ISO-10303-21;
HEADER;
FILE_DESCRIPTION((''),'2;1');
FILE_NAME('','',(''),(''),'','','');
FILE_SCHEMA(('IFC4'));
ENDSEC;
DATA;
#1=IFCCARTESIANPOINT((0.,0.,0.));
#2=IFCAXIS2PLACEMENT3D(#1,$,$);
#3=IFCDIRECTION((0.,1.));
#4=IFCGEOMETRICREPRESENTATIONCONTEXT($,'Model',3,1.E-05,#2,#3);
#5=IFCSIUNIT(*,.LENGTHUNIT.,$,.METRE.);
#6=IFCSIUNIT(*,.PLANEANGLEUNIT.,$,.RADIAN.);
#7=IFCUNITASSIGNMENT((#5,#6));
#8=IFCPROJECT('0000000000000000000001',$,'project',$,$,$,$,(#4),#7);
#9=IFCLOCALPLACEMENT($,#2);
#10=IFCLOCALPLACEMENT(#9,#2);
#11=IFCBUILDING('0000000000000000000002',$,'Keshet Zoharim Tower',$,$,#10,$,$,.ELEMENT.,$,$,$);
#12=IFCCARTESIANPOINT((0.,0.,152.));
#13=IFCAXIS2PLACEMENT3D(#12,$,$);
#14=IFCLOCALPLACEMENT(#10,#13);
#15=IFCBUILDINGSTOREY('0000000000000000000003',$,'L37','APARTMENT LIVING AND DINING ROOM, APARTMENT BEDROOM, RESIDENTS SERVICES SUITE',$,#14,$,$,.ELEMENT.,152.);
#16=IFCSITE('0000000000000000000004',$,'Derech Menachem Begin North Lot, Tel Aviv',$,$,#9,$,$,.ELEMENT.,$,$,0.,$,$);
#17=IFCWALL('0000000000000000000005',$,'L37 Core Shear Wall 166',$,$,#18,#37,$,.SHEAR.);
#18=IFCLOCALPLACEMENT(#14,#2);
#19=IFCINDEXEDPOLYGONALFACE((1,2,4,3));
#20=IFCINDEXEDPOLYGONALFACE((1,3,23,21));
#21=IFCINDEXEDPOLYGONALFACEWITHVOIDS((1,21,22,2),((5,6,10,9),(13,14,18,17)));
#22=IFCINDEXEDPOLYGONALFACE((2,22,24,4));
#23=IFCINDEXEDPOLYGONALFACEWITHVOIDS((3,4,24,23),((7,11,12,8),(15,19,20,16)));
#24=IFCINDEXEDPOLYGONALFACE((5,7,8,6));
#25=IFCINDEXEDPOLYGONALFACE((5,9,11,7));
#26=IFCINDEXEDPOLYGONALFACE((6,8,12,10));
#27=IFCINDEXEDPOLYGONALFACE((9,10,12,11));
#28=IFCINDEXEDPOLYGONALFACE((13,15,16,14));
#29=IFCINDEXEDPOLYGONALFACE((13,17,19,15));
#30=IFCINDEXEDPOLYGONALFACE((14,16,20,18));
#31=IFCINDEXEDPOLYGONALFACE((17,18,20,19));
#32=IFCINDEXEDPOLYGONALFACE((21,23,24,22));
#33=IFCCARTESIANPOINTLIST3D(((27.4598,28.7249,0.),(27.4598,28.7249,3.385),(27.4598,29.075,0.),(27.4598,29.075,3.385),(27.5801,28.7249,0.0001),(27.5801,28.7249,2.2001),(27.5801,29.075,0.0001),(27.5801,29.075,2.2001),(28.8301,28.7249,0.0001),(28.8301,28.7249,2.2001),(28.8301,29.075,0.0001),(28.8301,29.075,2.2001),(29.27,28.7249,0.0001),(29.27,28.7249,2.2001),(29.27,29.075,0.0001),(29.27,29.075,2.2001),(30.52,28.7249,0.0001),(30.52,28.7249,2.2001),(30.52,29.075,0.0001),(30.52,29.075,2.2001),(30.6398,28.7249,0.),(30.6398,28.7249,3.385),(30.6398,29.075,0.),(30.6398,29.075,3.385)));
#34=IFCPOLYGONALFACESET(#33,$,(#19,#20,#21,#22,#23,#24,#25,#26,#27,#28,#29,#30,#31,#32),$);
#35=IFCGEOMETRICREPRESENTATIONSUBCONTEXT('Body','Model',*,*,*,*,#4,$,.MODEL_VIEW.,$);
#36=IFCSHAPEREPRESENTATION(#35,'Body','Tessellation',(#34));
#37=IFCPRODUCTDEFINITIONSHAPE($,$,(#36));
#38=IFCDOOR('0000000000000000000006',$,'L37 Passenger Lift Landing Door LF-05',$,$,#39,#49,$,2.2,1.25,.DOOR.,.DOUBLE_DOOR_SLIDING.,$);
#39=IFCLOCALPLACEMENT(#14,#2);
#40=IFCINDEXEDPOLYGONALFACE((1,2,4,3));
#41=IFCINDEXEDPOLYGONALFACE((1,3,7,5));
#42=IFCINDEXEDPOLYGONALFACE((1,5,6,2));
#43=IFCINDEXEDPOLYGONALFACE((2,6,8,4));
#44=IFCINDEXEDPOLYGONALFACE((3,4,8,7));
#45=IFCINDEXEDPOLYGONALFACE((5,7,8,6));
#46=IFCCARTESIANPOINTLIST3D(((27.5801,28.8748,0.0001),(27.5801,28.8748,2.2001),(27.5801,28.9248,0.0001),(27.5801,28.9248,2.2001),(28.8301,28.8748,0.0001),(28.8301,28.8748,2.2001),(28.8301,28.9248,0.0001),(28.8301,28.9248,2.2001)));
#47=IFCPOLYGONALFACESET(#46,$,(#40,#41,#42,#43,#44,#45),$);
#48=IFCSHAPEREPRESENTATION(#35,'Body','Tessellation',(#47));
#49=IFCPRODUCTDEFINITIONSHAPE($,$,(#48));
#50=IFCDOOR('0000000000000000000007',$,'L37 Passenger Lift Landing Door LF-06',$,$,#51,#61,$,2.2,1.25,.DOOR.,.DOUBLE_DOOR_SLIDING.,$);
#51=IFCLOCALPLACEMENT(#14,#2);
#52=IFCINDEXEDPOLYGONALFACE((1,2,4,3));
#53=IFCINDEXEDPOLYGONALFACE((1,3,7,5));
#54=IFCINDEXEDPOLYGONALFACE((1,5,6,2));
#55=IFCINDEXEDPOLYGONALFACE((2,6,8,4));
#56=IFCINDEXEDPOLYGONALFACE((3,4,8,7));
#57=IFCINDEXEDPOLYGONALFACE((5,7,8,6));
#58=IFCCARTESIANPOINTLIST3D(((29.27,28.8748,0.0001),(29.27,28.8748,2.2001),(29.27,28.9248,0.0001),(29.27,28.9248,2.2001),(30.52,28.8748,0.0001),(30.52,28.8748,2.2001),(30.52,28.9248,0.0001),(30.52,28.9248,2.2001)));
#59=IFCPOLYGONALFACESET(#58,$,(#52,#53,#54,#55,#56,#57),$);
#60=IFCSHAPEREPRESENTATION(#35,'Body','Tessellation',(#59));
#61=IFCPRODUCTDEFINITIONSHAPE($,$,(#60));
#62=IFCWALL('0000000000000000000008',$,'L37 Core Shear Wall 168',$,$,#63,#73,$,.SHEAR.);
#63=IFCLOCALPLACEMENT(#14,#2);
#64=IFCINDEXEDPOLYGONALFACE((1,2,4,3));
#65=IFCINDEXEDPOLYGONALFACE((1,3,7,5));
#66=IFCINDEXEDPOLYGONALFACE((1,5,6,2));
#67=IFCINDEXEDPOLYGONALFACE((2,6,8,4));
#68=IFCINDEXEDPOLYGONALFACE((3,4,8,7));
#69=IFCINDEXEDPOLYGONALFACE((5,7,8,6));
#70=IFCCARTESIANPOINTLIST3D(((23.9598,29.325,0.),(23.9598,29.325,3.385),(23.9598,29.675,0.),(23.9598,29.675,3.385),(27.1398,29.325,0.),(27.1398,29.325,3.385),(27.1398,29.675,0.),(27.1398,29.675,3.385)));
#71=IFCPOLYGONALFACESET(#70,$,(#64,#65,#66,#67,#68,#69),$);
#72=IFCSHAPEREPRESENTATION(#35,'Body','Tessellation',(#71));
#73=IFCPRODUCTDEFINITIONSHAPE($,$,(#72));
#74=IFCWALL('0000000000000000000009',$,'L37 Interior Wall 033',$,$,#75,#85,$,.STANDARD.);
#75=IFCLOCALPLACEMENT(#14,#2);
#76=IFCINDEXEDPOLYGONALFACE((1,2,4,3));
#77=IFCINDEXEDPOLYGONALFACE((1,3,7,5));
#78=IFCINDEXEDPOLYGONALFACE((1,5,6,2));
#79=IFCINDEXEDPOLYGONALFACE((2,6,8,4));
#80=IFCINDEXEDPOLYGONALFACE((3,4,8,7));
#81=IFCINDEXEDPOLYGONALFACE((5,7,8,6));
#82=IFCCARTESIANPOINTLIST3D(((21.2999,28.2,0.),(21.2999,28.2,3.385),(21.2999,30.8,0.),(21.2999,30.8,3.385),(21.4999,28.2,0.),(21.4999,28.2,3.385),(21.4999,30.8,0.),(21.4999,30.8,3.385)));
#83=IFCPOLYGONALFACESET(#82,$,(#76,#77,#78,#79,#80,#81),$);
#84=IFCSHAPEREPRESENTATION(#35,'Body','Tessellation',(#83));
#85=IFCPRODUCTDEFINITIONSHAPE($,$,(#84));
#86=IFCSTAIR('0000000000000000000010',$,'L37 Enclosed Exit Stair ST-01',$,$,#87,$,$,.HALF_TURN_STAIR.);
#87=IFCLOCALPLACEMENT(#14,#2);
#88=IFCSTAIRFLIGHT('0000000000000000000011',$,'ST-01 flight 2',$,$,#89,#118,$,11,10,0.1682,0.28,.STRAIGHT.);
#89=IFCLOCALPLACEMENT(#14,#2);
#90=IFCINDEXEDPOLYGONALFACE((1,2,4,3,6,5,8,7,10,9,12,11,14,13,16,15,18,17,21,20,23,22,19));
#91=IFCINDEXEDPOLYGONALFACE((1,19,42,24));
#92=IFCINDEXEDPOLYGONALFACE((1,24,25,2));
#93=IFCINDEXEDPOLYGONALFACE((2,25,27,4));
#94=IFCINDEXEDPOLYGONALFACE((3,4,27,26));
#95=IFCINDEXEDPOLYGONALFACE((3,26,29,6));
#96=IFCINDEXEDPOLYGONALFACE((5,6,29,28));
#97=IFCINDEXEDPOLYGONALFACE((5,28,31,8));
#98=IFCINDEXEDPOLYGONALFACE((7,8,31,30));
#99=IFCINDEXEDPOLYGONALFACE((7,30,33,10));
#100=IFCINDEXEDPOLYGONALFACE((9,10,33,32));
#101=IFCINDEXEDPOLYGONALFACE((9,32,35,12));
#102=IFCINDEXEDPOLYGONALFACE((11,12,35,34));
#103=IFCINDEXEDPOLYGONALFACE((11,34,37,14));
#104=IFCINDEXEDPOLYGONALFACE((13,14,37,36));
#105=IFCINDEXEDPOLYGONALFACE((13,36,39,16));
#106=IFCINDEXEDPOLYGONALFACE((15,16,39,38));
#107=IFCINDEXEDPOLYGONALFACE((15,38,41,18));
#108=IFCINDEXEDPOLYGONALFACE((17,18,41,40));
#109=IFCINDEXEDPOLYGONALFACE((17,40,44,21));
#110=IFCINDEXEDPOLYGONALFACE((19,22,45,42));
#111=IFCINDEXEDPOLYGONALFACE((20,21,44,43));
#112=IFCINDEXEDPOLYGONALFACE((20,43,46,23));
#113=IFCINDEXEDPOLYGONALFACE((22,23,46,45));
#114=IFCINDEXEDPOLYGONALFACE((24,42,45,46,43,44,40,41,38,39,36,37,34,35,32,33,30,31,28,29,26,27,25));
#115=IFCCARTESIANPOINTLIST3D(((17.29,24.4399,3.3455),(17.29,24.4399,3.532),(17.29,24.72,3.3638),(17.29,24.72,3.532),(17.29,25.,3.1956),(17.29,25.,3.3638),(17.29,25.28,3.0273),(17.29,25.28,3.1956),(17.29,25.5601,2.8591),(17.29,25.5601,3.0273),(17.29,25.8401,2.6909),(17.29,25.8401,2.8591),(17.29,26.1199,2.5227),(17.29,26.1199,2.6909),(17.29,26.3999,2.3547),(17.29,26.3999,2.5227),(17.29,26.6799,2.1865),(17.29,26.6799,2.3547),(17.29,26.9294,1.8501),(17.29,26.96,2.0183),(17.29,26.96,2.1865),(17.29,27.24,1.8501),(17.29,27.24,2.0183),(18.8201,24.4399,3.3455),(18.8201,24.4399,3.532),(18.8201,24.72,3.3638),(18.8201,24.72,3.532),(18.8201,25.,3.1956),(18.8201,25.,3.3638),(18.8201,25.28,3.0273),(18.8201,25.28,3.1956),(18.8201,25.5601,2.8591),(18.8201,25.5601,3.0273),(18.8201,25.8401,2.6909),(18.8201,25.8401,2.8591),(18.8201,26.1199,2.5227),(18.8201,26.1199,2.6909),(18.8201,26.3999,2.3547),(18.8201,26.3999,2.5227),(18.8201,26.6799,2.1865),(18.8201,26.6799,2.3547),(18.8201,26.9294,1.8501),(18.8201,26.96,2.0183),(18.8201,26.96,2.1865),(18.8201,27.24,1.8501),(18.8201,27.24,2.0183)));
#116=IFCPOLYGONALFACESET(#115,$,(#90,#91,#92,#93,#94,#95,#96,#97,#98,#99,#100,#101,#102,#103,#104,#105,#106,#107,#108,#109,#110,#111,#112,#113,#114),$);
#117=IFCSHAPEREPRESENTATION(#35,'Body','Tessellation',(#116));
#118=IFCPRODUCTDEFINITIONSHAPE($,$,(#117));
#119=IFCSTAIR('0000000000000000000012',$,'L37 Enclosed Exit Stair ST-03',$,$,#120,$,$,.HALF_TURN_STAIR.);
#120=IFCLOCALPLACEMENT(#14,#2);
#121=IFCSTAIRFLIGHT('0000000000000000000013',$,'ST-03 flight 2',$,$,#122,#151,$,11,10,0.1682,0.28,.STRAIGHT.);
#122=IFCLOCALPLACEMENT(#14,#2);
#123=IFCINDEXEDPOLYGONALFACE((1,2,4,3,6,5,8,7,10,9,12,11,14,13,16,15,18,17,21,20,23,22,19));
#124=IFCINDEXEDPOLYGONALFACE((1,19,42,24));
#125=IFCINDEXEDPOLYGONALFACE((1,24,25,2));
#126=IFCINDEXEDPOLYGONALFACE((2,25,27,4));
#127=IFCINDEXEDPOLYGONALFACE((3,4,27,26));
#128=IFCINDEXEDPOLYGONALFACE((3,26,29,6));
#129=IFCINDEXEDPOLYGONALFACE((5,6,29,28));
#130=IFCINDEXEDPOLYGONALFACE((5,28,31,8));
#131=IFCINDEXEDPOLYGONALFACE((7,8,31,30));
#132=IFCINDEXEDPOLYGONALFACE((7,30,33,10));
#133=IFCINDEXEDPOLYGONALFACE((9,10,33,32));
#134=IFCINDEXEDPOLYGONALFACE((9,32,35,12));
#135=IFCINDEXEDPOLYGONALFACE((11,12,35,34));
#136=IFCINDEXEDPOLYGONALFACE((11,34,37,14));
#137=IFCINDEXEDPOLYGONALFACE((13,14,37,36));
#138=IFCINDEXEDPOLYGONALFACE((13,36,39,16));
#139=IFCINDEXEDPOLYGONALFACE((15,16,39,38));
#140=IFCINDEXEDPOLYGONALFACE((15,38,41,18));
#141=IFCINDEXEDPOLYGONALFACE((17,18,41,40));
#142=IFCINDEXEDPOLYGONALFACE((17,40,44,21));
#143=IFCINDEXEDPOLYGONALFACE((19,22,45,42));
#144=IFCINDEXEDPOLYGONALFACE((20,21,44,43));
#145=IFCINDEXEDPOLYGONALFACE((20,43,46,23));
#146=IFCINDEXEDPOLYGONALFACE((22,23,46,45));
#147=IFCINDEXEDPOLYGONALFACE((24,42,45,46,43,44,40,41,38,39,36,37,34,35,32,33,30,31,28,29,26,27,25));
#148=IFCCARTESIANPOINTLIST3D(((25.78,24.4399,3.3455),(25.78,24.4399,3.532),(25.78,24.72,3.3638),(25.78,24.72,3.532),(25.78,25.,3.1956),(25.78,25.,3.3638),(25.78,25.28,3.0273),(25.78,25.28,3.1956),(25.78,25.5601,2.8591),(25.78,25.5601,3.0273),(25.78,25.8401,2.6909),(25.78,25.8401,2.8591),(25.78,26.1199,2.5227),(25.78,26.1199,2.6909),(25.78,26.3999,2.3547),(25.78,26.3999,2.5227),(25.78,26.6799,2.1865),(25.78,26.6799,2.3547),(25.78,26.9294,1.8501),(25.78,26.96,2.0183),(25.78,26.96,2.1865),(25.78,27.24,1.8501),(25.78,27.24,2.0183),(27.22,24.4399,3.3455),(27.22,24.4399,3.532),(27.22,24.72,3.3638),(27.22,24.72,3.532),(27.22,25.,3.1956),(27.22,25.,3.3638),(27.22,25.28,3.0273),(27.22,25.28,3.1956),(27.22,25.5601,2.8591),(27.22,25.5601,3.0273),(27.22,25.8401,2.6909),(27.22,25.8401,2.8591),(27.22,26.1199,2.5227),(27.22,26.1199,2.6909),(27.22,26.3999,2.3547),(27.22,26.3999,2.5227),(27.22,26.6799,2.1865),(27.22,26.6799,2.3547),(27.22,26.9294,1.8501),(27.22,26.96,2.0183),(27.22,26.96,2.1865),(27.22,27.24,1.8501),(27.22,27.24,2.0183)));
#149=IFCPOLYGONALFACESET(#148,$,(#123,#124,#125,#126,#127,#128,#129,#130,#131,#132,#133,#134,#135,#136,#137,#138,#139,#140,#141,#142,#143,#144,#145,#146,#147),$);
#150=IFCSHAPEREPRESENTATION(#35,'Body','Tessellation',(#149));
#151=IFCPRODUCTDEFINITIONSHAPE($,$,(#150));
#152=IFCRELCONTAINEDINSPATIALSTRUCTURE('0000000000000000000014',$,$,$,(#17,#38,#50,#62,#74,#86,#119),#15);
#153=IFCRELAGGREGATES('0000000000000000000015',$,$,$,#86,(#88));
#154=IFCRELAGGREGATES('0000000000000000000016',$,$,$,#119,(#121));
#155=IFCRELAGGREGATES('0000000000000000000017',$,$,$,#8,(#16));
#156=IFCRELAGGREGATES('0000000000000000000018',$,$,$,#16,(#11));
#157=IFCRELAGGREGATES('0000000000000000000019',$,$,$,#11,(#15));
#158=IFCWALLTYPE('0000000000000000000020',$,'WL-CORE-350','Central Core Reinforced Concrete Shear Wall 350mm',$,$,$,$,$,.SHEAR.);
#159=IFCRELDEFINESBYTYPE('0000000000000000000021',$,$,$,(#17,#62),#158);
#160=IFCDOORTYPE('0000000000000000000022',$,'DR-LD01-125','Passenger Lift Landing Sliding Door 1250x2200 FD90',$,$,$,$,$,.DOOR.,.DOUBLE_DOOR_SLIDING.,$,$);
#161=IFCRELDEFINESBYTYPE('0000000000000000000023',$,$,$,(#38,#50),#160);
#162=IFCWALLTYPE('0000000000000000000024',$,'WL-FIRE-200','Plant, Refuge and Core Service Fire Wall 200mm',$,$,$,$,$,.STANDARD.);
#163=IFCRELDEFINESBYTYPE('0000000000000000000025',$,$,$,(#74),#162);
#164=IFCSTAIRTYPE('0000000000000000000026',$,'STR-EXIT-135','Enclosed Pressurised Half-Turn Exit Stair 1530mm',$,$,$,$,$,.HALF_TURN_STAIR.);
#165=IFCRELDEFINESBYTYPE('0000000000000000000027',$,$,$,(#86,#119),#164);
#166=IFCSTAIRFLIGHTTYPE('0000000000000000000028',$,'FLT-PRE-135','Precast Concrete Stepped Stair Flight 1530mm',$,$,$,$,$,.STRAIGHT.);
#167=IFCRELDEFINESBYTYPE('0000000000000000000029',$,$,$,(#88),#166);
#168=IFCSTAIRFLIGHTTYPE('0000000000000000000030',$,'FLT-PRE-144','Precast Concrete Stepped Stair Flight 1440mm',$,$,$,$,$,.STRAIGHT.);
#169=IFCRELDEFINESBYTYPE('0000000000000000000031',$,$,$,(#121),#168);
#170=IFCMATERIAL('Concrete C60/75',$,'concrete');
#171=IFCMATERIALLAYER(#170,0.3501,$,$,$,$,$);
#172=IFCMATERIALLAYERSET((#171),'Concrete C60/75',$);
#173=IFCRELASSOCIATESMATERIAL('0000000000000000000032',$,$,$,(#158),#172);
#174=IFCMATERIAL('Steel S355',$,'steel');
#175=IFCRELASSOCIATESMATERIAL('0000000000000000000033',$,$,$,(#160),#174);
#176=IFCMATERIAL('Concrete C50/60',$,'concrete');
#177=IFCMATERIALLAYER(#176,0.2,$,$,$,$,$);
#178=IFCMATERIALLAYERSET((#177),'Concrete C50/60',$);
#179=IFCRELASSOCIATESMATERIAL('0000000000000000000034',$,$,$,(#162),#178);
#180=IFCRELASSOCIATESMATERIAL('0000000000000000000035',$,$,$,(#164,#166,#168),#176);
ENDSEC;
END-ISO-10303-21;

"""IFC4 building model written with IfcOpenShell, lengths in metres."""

from ifc_helpers import new_model, si_unit, direction, frame, frame_2d, origin, place, context, subcontext, project, spatial, polyline, rectangle, outline, extrude, material, layer, layer_set, type_object, element, fill, aggregate, save


model = new_model("IFC4")

# Units and contexts
model_context = context("Model", 3, precision=1e-05, world=origin(), true_north=direction((0.0, 1.0)))
body_context = subcontext(model_context, "Body", "Model", "MODEL_VIEW")
ifc_project = project(units=[si_unit("LENGTHUNIT", "METRE"), si_unit("PLANEANGLEUNIT", "RADIAN")], contexts=[model_context])

# Site, building, storey
site_placement = place(None, origin())
site = spatial("IfcSite", under=ifc_project, at=site_placement, Name="Derech Menachem Begin North Lot, Tel Aviv", CompositionType="ELEMENT", RefElevation=0.0)
building_placement = place(site_placement, origin())
building = spatial("IfcBuilding", under=site, at=building_placement, Name="Keshet Zoharim Tower", CompositionType="ELEMENT")
storey_placement = place(building_placement, frame((0.0, 0.0, 152.0)))
storey = spatial("IfcBuildingStorey", under=building, at=storey_placement, Name="L37", Description="APARTMENT LIVING AND DINING ROOM, APARTMENT BEDROOM, RESIDENTS SERVICES SUITE", CompositionType="ELEMENT", Elevation=152.0)

# Shared definitions
ifc_material_1 = material(Name="Concrete C60/75", Category="concrete")
ifc_layer_1 = layer(ifc_material_1, 0.3501)
ifc_layer_set_1 = layer_set([ifc_layer_1], Name="Concrete C60/75")
wall_type_1 = type_object("IfcWallType", Name="WL-CORE-350", Description="Central Core Reinforced Concrete Shear Wall 350mm", PredefinedType="SHEAR", material=ifc_layer_set_1)

# Wall, openings, doors
ifc_material_2 = material(Name="Steel S355", Category="steel")
door_type_1 = type_object("IfcDoorType", Name="DR-LD01-125", Description="Passenger Lift Landing Sliding Door 1250x2200 FD90", OperationType="DOUBLE_DOOR_SLIDING", PredefinedType="DOOR", material=ifc_material_2)
wall_1_placement = place(storey_placement, frame((27.46, 28.8999, 0.0), z_axis=(0.0, 0.0, 1.0), x_axis=(1.0, 0.0, 0.0)))
wall_1 = element("IfcWall", 1, at=wall_1_placement, inside=storey, type_object=wall_type_1, Name="L37 Core Shear Wall 166", PredefinedType="SHEAR", context=body_context, shape_type="SweptSolid", body=[
    extrude(rectangle(XDim=3.1799, YDim=0.3501, at=frame_2d((1.5898, 0.0))), origin(), (0.0, 0.0, 1.0), 3.385),
])
opening_1_placement = place(wall_1_placement, frame((0.1201, 0.0, 0.0)))
opening_1 = element("IfcOpeningElement", 2, at=opening_1_placement, cuts=wall_1, PredefinedType="OPENING", context=body_context, shape_type="SweptSolid", body=[
    extrude(rectangle(XDim=1.25, YDim=2.2, at=frame_2d((0.625, 1.1001))), frame((0.0, 0.1851, 0.0), z_axis=(0.0, -1.0, 0.0), x_axis=(1.0, 0.0, 0.0)), (0.0, 0.0, 1.0), 0.3701),
])
opening_2_placement = place(wall_1_placement, frame((1.8101, 0.0, 0.0)))
opening_2 = element("IfcOpeningElement", 3, at=opening_2_placement, cuts=wall_1, PredefinedType="OPENING", context=body_context, shape_type="SweptSolid", body=[
    extrude(rectangle(XDim=1.25, YDim=2.2, at=frame_2d((0.625, 1.1001))), frame((0.0, 0.1851, 0.0), z_axis=(0.0, -1.0, 0.0), x_axis=(1.0, 0.0, 0.0)), (0.0, 0.0, 1.0), 0.3701),
])
door_1_placement = place(opening_1_placement, origin())
door_1 = element("IfcDoor", 4, at=door_1_placement, inside=storey, type_object=door_type_1, Name="L37 Passenger Lift Landing Door LF-05", OperationType="DOUBLE_DOOR_SLIDING", OverallHeight=2.2, OverallWidth=1.25, PredefinedType="DOOR", context=body_context, shape_type="SweptSolid", body=[
    extrude(rectangle(XDim=1.25, YDim=2.2, at=frame_2d((0.625, 1.1001))), frame((0.0, 0.0249, 0.0), z_axis=(0.0, -1.0, 0.0), x_axis=(1.0, 0.0, 0.0)), (0.0, 0.0, 1.0), 0.05),
])
fill(opening_1, door_1)
door_2_placement = place(opening_2_placement, origin())
door_2 = element("IfcDoor", 5, at=door_2_placement, inside=storey, type_object=door_type_1, Name="L37 Passenger Lift Landing Door LF-06", OperationType="DOUBLE_DOOR_SLIDING", OverallHeight=2.2, OverallWidth=1.25, PredefinedType="DOOR", context=body_context, shape_type="SweptSolid", body=[
    extrude(rectangle(XDim=1.25, YDim=2.2, at=frame_2d((0.625, 1.1001))), frame((0.0, 0.0249, 0.0), z_axis=(0.0, -1.0, 0.0), x_axis=(1.0, 0.0, 0.0)), (0.0, 0.0, 1.0), 0.05),
])
fill(opening_2, door_2)

# Walls
wall_2_placement = place(storey_placement, frame((23.96, 29.5, 0.0), z_axis=(0.0, 0.0, 1.0), x_axis=(1.0, 0.0, 0.0)))
element("IfcWall", 6, at=wall_2_placement, inside=storey, type_object=wall_type_1, Name="L37 Core Shear Wall 168", PredefinedType="SHEAR", context=body_context, shape_type="SweptSolid", body=[
    extrude(rectangle(XDim=3.1799, YDim=0.3501, at=frame_2d((1.5898, 0.0))), origin(), (0.0, 0.0, 1.0), 3.385),
])
ifc_material_3 = material(Name="Concrete C50/60", Category="concrete")
ifc_layer_2 = layer(ifc_material_3, 0.2)
ifc_layer_set_2 = layer_set([ifc_layer_2], Name="Concrete C50/60")
wall_type_2 = type_object("IfcWallType", Name="WL-FIRE-200", Description="Plant, Refuge and Core Service Fire Wall 200mm", PredefinedType="STANDARD", material=ifc_layer_set_2)
wall_3_placement = place(storey_placement, frame((21.3999, 28.2, 0.0), z_axis=(0.0, 0.0, 1.0), x_axis=(0.0, 1.0, 0.0)))
element("IfcWall", 7, at=wall_3_placement, inside=storey, type_object=wall_type_2, Name="L37 Interior Wall 033", PredefinedType="STANDARD", context=body_context, shape_type="SweptSolid", body=[
    extrude(rectangle(XDim=2.6001, YDim=0.2, at=frame_2d((1.3, 0.0))), origin(), (0.0, 0.0, 1.0), 3.385),
])

# Stairs, stair flights
stair_type = type_object("IfcStairType", Name="STR-EXIT-135", Description="Enclosed Pressurised Half-Turn Exit Stair 1530mm", PredefinedType="HALF_TURN_STAIR", material=ifc_material_3)
stair_1_placement = place(storey_placement, origin())
stair_1 = element("IfcStair", 8, at=stair_1_placement, inside=storey, type_object=stair_type, Name="L37 Enclosed Exit Stair ST-01", PredefinedType="HALF_TURN_STAIR")
stair_flight_type_1 = type_object("IfcStairFlightType", Name="FLT-PRE-135", Description="Precast Concrete Stepped Stair Flight 1530mm", PredefinedType="STRAIGHT", material=ifc_material_3)
stair_flight_1_placement = place(storey_placement, frame((18.0549, 27.24, 1.8501), z_axis=(0.0, 0.0, 1.0), x_axis=(0.0, -1.0, 0.0)))
stair_flight_1 = element("IfcStairFlight", 9, at=stair_flight_1_placement, type_object=stair_flight_type_1, Name="ST-01 flight 2", NumberOfRisers=11, NumberOfTreads=10, PredefinedType="STRAIGHT", RiserHeight=0.1682, TreadLength=0.28, context=body_context, shape_type="SweptSolid", body=[
    extrude(outline(polyline([(0.0, 0.0), (0.0, 0.1682), (0.28, 0.1682), (0.28, 0.3364), (0.5601, 0.3364), (0.5601, 0.5046), (0.8401, 0.5046), (0.8401, 0.6726), (1.1201, 0.6726), (1.1201, 0.8408), (1.3999, 0.8408), (1.3999, 1.009), (1.6799, 1.009), (1.6799, 1.1772), (1.96, 1.1772), (1.96, 1.3455), (2.24, 1.3455), (2.24, 1.5137), (2.52, 1.5137), (2.52, 1.6819), (2.8, 1.6819), (2.8, 1.8501), (2.8, 1.4954), (0.3105, 0.0), (0.0, 0.0)])), frame((0.0, 0.7651, 0.0), z_axis=(0.0, -1.0, 0.0), x_axis=(1.0, 0.0, 0.0)), (0.0, 0.0, 1.0), 1.53),
])
aggregate(stair_1, [stair_flight_1])
stair_2_placement = place(storey_placement, origin())
stair_2 = element("IfcStair", 10, at=stair_2_placement, inside=storey, type_object=stair_type, Name="L37 Enclosed Exit Stair ST-03", PredefinedType="HALF_TURN_STAIR")
stair_flight_type_2 = type_object("IfcStairFlightType", Name="FLT-PRE-144", Description="Precast Concrete Stepped Stair Flight 1440mm", PredefinedType="STRAIGHT", material=ifc_material_3)
stair_flight_2_placement = place(storey_placement, frame((26.5, 27.24, 1.8501), z_axis=(0.0, 0.0, 1.0), x_axis=(0.0, -1.0, 0.0)))
stair_flight_2 = element("IfcStairFlight", 11, at=stair_flight_2_placement, type_object=stair_flight_type_2, Name="ST-03 flight 2", NumberOfRisers=11, NumberOfTreads=10, PredefinedType="STRAIGHT", RiserHeight=0.1682, TreadLength=0.28, context=body_context, shape_type="SweptSolid", body=[
    extrude(outline(polyline([(0.0, 0.0), (0.0, 0.1682), (0.28, 0.1682), (0.28, 0.3364), (0.5601, 0.3364), (0.5601, 0.5046), (0.8401, 0.5046), (0.8401, 0.6726), (1.1201, 0.6726), (1.1201, 0.8408), (1.3999, 0.8408), (1.3999, 1.009), (1.6799, 1.009), (1.6799, 1.1772), (1.96, 1.1772), (1.96, 1.3455), (2.24, 1.3455), (2.24, 1.5137), (2.52, 1.5137), (2.52, 1.6819), (2.8, 1.6819), (2.8, 1.8501), (2.8, 1.4954), (0.3105, 0.0), (0.0, 0.0)])), frame((0.0, 0.72, 0.0), z_axis=(0.0, -1.0, 0.0), x_axis=(1.0, 0.0, 0.0)), (0.0, 0.0, 1.0), 1.4399),
])
aggregate(stair_2, [stair_flight_2])

save(model, "model.ifc")
